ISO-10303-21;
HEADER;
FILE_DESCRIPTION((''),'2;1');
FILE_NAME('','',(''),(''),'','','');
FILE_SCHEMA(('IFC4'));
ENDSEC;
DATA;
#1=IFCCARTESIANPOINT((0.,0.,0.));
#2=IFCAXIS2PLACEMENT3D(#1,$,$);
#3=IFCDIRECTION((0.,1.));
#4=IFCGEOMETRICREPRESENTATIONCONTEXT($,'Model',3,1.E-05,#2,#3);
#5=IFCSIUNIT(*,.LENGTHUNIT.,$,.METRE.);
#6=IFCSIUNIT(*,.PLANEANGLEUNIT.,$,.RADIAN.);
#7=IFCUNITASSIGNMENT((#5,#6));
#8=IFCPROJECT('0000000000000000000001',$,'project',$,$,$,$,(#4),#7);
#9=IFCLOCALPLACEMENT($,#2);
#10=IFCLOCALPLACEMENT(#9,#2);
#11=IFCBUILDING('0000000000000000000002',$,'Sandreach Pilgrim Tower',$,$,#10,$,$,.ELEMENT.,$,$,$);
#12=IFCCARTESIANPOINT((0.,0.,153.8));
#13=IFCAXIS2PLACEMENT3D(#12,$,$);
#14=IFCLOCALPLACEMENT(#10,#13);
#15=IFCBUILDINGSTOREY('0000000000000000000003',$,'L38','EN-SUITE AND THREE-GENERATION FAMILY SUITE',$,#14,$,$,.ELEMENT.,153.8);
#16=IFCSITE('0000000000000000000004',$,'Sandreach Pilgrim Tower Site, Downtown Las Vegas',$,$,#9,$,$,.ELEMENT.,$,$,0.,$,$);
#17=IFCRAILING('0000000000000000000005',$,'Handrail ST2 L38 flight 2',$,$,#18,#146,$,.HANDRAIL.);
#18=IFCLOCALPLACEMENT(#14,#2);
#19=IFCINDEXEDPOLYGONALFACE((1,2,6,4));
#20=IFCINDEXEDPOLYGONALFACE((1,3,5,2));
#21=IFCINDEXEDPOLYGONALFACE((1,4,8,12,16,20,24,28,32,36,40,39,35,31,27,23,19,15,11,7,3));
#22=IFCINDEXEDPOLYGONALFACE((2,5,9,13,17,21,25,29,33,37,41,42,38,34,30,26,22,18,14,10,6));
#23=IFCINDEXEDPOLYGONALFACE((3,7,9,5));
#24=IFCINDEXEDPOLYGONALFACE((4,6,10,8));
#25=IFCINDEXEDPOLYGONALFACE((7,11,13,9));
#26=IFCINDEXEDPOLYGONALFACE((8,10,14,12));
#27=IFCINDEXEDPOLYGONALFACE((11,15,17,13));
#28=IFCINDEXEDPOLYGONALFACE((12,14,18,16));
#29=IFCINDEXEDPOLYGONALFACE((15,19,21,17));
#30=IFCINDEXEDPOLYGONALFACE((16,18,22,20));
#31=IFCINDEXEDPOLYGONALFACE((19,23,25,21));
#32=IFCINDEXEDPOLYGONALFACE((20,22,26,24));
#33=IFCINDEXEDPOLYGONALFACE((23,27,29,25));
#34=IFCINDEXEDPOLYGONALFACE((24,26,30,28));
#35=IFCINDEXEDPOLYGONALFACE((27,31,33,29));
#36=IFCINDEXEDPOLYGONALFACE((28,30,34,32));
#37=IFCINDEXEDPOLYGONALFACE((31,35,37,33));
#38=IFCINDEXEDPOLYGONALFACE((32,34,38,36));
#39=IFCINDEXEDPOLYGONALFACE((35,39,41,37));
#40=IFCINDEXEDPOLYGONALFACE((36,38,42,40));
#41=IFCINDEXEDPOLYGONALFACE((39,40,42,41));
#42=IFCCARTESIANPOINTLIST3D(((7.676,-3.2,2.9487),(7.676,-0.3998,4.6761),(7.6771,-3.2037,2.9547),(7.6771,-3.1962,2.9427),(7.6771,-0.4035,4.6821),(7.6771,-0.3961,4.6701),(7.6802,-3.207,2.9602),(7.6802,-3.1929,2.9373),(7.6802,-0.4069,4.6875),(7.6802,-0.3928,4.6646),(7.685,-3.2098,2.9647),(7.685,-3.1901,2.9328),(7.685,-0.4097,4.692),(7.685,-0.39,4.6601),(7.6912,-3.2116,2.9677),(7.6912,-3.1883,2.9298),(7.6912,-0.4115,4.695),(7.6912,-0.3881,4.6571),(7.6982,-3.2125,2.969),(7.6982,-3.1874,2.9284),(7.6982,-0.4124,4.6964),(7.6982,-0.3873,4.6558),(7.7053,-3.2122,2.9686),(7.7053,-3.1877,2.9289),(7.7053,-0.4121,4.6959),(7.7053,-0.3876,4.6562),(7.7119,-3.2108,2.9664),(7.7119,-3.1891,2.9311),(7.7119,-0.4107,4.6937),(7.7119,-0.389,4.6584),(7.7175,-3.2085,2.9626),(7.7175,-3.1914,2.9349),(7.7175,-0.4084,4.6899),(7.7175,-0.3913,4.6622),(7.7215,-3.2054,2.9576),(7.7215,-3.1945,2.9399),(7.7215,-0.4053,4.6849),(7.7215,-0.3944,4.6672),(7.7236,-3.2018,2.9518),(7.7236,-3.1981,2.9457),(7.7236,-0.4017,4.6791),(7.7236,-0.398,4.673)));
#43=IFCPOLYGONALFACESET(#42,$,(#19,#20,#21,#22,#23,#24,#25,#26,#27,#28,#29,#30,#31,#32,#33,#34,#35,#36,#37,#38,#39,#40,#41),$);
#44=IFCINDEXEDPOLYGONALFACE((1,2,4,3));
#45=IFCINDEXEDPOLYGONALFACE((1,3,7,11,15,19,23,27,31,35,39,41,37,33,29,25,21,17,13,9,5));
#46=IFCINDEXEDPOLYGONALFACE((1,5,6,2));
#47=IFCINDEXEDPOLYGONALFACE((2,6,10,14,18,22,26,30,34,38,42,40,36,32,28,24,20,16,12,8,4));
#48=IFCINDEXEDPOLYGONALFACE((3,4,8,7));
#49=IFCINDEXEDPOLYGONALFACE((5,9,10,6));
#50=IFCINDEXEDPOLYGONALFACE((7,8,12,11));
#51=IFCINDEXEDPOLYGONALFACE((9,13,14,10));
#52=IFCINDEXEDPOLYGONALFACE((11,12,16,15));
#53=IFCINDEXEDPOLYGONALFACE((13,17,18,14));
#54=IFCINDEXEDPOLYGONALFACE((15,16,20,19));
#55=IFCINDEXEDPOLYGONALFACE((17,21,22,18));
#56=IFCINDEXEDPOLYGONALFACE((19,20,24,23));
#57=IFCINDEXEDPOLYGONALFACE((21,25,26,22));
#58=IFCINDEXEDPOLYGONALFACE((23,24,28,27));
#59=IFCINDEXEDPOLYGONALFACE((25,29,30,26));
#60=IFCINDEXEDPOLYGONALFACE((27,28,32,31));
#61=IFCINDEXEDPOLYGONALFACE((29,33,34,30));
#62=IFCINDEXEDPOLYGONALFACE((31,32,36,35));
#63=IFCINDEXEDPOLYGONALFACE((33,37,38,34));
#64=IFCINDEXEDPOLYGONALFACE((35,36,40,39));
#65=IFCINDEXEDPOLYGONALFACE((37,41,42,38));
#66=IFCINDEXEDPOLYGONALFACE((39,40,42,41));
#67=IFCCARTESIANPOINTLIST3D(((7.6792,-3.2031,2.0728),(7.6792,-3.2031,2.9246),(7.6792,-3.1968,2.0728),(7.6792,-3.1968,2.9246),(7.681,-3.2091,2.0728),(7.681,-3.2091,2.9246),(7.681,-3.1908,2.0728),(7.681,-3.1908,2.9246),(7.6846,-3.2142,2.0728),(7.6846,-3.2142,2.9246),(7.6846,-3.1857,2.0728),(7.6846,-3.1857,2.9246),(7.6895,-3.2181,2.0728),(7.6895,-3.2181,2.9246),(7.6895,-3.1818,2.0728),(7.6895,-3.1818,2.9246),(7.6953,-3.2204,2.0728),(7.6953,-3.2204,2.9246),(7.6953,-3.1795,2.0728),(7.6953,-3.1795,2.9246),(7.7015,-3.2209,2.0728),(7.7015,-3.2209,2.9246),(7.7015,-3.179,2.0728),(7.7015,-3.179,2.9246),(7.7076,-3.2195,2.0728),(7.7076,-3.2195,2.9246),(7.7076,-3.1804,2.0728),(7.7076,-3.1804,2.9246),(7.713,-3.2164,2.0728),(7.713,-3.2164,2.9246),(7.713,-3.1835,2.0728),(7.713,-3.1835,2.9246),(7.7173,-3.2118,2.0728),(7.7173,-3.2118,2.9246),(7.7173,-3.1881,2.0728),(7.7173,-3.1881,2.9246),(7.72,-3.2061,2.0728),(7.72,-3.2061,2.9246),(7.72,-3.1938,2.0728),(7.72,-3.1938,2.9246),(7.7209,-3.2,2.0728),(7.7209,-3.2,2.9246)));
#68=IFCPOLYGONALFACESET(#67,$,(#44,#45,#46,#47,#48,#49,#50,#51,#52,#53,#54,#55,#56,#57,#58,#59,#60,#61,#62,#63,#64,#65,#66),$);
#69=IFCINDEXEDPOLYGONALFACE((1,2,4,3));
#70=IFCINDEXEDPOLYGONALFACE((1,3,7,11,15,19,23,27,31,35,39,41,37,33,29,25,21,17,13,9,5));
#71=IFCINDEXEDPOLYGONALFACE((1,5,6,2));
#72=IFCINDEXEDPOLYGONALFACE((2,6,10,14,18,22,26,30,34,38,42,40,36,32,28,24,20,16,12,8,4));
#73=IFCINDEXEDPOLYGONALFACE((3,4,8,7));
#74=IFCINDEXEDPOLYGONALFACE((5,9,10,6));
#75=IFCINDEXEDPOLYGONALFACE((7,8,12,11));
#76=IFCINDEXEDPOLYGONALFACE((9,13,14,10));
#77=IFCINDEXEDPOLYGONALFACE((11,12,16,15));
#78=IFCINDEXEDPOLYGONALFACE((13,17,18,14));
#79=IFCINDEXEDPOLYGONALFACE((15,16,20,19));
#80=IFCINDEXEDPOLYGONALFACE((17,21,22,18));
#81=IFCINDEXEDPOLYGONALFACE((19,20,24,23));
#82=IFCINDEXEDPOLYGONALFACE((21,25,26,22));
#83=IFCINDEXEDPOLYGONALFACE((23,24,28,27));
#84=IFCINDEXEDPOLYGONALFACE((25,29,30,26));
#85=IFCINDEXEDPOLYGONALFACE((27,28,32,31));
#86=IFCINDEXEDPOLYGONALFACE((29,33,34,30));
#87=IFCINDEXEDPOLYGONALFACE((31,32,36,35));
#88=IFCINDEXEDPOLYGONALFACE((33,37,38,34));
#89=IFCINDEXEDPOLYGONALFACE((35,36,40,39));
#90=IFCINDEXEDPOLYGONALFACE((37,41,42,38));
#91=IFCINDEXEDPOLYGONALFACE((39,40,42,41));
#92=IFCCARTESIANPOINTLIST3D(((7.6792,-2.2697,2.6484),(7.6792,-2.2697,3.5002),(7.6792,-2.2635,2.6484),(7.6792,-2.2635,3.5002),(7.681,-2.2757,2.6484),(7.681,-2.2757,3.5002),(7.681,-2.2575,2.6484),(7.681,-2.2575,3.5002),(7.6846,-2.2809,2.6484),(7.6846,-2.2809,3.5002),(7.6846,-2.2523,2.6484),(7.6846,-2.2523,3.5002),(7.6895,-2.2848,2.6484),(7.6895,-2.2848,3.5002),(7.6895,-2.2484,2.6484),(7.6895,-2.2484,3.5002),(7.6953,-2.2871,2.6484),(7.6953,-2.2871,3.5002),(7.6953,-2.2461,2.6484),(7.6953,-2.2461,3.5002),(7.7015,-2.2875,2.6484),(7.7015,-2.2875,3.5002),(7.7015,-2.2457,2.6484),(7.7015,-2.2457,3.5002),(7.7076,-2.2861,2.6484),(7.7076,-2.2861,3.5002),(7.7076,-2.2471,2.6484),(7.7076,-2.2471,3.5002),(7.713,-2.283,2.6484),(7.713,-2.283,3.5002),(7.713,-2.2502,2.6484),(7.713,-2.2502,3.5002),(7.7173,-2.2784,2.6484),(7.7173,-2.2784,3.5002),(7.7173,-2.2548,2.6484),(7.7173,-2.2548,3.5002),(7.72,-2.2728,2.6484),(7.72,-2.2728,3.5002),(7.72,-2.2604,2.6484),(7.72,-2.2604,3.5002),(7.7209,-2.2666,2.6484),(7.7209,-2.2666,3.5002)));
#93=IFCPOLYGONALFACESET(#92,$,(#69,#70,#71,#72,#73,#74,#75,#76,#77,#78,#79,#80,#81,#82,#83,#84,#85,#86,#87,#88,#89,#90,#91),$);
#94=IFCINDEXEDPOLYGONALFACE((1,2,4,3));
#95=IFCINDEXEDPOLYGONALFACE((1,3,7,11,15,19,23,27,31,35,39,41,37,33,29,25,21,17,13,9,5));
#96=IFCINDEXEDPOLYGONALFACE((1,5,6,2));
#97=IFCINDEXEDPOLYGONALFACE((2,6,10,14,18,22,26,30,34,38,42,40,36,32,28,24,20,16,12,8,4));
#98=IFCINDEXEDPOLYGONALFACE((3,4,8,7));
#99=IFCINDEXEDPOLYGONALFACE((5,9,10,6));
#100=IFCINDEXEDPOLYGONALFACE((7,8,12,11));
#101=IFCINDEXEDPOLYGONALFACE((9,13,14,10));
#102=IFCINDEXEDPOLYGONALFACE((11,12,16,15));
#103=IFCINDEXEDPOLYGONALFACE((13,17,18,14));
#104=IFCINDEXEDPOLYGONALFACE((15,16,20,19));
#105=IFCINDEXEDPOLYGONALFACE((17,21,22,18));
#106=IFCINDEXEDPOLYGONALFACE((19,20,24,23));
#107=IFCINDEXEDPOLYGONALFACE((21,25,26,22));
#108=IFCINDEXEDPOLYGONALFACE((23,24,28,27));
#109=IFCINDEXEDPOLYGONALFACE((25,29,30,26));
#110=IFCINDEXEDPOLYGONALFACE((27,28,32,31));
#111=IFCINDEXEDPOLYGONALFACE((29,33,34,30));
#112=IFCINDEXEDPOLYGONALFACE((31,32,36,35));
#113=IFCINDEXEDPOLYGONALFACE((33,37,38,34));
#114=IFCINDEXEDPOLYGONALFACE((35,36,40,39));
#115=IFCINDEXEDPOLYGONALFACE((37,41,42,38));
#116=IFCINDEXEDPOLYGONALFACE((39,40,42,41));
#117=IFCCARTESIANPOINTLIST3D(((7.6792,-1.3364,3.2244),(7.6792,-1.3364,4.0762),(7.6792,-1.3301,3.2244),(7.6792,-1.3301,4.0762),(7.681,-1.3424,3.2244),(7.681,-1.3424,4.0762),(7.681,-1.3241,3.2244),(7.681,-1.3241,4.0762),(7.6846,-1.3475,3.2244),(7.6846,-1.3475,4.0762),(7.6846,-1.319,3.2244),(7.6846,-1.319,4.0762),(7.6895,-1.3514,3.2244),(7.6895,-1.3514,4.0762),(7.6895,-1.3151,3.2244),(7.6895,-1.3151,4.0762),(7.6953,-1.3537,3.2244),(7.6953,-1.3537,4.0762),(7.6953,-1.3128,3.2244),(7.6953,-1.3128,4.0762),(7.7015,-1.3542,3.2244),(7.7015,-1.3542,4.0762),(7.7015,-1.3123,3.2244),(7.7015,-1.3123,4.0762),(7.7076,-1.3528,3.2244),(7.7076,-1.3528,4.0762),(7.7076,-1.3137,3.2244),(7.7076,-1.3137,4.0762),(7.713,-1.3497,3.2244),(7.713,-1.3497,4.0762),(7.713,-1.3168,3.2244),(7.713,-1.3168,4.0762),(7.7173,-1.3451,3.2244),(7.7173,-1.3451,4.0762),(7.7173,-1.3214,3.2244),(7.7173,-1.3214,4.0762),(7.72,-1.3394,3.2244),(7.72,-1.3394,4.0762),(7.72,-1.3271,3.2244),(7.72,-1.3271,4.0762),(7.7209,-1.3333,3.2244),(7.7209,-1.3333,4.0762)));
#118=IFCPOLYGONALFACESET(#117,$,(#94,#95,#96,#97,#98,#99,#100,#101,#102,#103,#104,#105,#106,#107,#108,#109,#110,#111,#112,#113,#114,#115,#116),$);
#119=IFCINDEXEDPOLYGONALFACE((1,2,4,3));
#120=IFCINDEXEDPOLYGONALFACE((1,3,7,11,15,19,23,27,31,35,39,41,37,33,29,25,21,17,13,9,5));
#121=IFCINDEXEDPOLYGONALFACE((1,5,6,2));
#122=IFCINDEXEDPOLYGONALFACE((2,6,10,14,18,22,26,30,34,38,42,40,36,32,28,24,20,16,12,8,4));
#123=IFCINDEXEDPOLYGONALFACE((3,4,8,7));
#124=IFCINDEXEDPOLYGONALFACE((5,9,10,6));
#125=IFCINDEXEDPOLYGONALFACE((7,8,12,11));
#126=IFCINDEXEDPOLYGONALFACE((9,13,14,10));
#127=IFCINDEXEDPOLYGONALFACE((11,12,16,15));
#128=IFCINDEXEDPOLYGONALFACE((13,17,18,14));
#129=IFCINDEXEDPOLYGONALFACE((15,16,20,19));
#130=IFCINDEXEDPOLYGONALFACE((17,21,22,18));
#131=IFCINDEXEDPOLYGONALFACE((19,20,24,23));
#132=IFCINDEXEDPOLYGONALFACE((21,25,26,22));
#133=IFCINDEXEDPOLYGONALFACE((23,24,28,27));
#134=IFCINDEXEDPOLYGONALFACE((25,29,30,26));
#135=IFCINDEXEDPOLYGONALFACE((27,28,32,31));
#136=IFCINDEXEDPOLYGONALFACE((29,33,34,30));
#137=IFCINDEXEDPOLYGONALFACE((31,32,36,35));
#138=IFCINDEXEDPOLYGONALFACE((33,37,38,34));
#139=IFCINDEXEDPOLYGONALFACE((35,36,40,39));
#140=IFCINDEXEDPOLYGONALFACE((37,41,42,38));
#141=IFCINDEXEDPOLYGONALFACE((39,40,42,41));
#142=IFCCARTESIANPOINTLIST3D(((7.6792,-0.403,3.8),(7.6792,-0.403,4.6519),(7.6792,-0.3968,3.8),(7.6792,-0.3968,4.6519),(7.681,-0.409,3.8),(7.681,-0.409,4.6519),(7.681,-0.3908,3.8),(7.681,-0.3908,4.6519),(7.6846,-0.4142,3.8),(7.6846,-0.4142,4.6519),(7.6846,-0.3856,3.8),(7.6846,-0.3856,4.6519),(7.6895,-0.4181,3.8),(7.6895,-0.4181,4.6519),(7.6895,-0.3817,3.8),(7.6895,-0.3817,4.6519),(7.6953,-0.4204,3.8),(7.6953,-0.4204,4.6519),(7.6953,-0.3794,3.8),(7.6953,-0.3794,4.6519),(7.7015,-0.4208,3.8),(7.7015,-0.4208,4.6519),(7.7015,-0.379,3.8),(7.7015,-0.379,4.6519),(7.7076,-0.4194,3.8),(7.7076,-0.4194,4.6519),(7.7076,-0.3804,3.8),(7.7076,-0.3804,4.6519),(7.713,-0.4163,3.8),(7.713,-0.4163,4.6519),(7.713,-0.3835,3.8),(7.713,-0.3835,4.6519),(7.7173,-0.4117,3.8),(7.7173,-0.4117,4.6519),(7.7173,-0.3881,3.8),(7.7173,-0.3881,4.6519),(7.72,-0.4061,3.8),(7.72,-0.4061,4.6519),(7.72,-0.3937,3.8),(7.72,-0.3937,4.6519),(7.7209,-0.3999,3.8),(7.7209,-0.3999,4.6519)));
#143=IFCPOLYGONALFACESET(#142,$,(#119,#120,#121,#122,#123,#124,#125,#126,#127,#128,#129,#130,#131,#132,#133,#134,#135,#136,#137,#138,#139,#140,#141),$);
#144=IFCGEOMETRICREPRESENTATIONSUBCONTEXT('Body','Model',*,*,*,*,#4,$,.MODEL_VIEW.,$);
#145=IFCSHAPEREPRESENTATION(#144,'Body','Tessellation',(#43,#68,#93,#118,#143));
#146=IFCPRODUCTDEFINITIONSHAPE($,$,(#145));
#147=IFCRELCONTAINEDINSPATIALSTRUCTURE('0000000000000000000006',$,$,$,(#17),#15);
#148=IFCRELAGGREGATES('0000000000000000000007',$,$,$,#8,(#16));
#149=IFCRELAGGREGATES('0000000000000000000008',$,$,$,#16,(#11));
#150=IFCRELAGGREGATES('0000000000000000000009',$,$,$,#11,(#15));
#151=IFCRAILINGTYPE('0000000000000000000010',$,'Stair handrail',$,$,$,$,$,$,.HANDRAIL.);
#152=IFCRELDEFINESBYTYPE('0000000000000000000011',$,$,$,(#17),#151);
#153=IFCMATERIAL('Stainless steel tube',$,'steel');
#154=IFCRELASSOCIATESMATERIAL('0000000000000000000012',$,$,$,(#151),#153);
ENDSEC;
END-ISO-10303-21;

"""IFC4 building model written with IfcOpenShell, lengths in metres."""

from ifc_helpers import new_model, si_unit, direction, frame, origin, origin_2d, place, context, subcontext, project, spatial, circle, extrude, material, type_object, element, save


model = new_model("IFC4")

# Units and contexts
model_context = context("Model", 3, precision=1e-05, world=origin(), true_north=direction((0.0, 1.0)))
body_context = subcontext(model_context, "Body", "Model", "MODEL_VIEW")
ifc_project = project(units=[si_unit("LENGTHUNIT", "METRE"), si_unit("PLANEANGLEUNIT", "RADIAN")], contexts=[model_context])

# Site, building, storey
site_placement = place(None, origin())
site = spatial("IfcSite", under=ifc_project, at=site_placement, Name="Sandreach Pilgrim Tower Site, Downtown Las Vegas", CompositionType="ELEMENT", RefElevation=0.0)
building_placement = place(site_placement, origin())
building = spatial("IfcBuilding", under=site, at=building_placement, Name="Sandreach Pilgrim Tower", CompositionType="ELEMENT")
storey_placement = place(building_placement, frame((0.0, 0.0, 153.8)))
storey = spatial("IfcBuildingStorey", under=building, at=storey_placement, Name="L38", Description="EN-SUITE AND THREE-GENERATION FAMILY SUITE", CompositionType="ELEMENT", Elevation=153.8)

# Railing
ifc_material_1 = material(Name="Stainless steel tube", Category="steel")
railing_type = type_object("IfcRailingType", Name="Stair handrail", PredefinedType="HANDRAIL", material=ifc_material_1)
for number, where, name in (
    (1, (7.7, -3.2, 2.0728), "Handrail ST2 L38 flight 2"),
):
    element("IfcRailing", number, at=place(storey_placement, frame(where)), inside=storey, type_object=railing_type, Name=name, PredefinedType="HANDRAIL", context=body_context, shape_type="SweptSolid", body=[
        extrude(circle(Radius=0.0239, at=origin_2d()), frame((0.0, 0.0, 0.876), z_axis=(0.0, 0.85109, 0.52502), x_axis=(-1.0, 0.0, 0.0)), (0.0, 0.0, 1.0), 3.29),
        extrude(circle(Radius=0.021, at=origin_2d()), origin(), (0.0, 0.0, 1.0), 0.8518),
        extrude(circle(Radius=0.021, at=origin_2d()), frame((0.0, 0.9333, 0.5757)), (0.0, 0.0, 1.0), 0.8518),
        extrude(circle(Radius=0.021, at=origin_2d()), frame((0.0, 1.8667, 1.1516)), (0.0, 0.0, 1.0), 0.8518),
        extrude(circle(Radius=0.021, at=origin_2d()), frame((0.0, 2.8, 1.7273)), (0.0, 0.0, 1.0), 0.8518),
    ])

save(model, "model.ifc")
